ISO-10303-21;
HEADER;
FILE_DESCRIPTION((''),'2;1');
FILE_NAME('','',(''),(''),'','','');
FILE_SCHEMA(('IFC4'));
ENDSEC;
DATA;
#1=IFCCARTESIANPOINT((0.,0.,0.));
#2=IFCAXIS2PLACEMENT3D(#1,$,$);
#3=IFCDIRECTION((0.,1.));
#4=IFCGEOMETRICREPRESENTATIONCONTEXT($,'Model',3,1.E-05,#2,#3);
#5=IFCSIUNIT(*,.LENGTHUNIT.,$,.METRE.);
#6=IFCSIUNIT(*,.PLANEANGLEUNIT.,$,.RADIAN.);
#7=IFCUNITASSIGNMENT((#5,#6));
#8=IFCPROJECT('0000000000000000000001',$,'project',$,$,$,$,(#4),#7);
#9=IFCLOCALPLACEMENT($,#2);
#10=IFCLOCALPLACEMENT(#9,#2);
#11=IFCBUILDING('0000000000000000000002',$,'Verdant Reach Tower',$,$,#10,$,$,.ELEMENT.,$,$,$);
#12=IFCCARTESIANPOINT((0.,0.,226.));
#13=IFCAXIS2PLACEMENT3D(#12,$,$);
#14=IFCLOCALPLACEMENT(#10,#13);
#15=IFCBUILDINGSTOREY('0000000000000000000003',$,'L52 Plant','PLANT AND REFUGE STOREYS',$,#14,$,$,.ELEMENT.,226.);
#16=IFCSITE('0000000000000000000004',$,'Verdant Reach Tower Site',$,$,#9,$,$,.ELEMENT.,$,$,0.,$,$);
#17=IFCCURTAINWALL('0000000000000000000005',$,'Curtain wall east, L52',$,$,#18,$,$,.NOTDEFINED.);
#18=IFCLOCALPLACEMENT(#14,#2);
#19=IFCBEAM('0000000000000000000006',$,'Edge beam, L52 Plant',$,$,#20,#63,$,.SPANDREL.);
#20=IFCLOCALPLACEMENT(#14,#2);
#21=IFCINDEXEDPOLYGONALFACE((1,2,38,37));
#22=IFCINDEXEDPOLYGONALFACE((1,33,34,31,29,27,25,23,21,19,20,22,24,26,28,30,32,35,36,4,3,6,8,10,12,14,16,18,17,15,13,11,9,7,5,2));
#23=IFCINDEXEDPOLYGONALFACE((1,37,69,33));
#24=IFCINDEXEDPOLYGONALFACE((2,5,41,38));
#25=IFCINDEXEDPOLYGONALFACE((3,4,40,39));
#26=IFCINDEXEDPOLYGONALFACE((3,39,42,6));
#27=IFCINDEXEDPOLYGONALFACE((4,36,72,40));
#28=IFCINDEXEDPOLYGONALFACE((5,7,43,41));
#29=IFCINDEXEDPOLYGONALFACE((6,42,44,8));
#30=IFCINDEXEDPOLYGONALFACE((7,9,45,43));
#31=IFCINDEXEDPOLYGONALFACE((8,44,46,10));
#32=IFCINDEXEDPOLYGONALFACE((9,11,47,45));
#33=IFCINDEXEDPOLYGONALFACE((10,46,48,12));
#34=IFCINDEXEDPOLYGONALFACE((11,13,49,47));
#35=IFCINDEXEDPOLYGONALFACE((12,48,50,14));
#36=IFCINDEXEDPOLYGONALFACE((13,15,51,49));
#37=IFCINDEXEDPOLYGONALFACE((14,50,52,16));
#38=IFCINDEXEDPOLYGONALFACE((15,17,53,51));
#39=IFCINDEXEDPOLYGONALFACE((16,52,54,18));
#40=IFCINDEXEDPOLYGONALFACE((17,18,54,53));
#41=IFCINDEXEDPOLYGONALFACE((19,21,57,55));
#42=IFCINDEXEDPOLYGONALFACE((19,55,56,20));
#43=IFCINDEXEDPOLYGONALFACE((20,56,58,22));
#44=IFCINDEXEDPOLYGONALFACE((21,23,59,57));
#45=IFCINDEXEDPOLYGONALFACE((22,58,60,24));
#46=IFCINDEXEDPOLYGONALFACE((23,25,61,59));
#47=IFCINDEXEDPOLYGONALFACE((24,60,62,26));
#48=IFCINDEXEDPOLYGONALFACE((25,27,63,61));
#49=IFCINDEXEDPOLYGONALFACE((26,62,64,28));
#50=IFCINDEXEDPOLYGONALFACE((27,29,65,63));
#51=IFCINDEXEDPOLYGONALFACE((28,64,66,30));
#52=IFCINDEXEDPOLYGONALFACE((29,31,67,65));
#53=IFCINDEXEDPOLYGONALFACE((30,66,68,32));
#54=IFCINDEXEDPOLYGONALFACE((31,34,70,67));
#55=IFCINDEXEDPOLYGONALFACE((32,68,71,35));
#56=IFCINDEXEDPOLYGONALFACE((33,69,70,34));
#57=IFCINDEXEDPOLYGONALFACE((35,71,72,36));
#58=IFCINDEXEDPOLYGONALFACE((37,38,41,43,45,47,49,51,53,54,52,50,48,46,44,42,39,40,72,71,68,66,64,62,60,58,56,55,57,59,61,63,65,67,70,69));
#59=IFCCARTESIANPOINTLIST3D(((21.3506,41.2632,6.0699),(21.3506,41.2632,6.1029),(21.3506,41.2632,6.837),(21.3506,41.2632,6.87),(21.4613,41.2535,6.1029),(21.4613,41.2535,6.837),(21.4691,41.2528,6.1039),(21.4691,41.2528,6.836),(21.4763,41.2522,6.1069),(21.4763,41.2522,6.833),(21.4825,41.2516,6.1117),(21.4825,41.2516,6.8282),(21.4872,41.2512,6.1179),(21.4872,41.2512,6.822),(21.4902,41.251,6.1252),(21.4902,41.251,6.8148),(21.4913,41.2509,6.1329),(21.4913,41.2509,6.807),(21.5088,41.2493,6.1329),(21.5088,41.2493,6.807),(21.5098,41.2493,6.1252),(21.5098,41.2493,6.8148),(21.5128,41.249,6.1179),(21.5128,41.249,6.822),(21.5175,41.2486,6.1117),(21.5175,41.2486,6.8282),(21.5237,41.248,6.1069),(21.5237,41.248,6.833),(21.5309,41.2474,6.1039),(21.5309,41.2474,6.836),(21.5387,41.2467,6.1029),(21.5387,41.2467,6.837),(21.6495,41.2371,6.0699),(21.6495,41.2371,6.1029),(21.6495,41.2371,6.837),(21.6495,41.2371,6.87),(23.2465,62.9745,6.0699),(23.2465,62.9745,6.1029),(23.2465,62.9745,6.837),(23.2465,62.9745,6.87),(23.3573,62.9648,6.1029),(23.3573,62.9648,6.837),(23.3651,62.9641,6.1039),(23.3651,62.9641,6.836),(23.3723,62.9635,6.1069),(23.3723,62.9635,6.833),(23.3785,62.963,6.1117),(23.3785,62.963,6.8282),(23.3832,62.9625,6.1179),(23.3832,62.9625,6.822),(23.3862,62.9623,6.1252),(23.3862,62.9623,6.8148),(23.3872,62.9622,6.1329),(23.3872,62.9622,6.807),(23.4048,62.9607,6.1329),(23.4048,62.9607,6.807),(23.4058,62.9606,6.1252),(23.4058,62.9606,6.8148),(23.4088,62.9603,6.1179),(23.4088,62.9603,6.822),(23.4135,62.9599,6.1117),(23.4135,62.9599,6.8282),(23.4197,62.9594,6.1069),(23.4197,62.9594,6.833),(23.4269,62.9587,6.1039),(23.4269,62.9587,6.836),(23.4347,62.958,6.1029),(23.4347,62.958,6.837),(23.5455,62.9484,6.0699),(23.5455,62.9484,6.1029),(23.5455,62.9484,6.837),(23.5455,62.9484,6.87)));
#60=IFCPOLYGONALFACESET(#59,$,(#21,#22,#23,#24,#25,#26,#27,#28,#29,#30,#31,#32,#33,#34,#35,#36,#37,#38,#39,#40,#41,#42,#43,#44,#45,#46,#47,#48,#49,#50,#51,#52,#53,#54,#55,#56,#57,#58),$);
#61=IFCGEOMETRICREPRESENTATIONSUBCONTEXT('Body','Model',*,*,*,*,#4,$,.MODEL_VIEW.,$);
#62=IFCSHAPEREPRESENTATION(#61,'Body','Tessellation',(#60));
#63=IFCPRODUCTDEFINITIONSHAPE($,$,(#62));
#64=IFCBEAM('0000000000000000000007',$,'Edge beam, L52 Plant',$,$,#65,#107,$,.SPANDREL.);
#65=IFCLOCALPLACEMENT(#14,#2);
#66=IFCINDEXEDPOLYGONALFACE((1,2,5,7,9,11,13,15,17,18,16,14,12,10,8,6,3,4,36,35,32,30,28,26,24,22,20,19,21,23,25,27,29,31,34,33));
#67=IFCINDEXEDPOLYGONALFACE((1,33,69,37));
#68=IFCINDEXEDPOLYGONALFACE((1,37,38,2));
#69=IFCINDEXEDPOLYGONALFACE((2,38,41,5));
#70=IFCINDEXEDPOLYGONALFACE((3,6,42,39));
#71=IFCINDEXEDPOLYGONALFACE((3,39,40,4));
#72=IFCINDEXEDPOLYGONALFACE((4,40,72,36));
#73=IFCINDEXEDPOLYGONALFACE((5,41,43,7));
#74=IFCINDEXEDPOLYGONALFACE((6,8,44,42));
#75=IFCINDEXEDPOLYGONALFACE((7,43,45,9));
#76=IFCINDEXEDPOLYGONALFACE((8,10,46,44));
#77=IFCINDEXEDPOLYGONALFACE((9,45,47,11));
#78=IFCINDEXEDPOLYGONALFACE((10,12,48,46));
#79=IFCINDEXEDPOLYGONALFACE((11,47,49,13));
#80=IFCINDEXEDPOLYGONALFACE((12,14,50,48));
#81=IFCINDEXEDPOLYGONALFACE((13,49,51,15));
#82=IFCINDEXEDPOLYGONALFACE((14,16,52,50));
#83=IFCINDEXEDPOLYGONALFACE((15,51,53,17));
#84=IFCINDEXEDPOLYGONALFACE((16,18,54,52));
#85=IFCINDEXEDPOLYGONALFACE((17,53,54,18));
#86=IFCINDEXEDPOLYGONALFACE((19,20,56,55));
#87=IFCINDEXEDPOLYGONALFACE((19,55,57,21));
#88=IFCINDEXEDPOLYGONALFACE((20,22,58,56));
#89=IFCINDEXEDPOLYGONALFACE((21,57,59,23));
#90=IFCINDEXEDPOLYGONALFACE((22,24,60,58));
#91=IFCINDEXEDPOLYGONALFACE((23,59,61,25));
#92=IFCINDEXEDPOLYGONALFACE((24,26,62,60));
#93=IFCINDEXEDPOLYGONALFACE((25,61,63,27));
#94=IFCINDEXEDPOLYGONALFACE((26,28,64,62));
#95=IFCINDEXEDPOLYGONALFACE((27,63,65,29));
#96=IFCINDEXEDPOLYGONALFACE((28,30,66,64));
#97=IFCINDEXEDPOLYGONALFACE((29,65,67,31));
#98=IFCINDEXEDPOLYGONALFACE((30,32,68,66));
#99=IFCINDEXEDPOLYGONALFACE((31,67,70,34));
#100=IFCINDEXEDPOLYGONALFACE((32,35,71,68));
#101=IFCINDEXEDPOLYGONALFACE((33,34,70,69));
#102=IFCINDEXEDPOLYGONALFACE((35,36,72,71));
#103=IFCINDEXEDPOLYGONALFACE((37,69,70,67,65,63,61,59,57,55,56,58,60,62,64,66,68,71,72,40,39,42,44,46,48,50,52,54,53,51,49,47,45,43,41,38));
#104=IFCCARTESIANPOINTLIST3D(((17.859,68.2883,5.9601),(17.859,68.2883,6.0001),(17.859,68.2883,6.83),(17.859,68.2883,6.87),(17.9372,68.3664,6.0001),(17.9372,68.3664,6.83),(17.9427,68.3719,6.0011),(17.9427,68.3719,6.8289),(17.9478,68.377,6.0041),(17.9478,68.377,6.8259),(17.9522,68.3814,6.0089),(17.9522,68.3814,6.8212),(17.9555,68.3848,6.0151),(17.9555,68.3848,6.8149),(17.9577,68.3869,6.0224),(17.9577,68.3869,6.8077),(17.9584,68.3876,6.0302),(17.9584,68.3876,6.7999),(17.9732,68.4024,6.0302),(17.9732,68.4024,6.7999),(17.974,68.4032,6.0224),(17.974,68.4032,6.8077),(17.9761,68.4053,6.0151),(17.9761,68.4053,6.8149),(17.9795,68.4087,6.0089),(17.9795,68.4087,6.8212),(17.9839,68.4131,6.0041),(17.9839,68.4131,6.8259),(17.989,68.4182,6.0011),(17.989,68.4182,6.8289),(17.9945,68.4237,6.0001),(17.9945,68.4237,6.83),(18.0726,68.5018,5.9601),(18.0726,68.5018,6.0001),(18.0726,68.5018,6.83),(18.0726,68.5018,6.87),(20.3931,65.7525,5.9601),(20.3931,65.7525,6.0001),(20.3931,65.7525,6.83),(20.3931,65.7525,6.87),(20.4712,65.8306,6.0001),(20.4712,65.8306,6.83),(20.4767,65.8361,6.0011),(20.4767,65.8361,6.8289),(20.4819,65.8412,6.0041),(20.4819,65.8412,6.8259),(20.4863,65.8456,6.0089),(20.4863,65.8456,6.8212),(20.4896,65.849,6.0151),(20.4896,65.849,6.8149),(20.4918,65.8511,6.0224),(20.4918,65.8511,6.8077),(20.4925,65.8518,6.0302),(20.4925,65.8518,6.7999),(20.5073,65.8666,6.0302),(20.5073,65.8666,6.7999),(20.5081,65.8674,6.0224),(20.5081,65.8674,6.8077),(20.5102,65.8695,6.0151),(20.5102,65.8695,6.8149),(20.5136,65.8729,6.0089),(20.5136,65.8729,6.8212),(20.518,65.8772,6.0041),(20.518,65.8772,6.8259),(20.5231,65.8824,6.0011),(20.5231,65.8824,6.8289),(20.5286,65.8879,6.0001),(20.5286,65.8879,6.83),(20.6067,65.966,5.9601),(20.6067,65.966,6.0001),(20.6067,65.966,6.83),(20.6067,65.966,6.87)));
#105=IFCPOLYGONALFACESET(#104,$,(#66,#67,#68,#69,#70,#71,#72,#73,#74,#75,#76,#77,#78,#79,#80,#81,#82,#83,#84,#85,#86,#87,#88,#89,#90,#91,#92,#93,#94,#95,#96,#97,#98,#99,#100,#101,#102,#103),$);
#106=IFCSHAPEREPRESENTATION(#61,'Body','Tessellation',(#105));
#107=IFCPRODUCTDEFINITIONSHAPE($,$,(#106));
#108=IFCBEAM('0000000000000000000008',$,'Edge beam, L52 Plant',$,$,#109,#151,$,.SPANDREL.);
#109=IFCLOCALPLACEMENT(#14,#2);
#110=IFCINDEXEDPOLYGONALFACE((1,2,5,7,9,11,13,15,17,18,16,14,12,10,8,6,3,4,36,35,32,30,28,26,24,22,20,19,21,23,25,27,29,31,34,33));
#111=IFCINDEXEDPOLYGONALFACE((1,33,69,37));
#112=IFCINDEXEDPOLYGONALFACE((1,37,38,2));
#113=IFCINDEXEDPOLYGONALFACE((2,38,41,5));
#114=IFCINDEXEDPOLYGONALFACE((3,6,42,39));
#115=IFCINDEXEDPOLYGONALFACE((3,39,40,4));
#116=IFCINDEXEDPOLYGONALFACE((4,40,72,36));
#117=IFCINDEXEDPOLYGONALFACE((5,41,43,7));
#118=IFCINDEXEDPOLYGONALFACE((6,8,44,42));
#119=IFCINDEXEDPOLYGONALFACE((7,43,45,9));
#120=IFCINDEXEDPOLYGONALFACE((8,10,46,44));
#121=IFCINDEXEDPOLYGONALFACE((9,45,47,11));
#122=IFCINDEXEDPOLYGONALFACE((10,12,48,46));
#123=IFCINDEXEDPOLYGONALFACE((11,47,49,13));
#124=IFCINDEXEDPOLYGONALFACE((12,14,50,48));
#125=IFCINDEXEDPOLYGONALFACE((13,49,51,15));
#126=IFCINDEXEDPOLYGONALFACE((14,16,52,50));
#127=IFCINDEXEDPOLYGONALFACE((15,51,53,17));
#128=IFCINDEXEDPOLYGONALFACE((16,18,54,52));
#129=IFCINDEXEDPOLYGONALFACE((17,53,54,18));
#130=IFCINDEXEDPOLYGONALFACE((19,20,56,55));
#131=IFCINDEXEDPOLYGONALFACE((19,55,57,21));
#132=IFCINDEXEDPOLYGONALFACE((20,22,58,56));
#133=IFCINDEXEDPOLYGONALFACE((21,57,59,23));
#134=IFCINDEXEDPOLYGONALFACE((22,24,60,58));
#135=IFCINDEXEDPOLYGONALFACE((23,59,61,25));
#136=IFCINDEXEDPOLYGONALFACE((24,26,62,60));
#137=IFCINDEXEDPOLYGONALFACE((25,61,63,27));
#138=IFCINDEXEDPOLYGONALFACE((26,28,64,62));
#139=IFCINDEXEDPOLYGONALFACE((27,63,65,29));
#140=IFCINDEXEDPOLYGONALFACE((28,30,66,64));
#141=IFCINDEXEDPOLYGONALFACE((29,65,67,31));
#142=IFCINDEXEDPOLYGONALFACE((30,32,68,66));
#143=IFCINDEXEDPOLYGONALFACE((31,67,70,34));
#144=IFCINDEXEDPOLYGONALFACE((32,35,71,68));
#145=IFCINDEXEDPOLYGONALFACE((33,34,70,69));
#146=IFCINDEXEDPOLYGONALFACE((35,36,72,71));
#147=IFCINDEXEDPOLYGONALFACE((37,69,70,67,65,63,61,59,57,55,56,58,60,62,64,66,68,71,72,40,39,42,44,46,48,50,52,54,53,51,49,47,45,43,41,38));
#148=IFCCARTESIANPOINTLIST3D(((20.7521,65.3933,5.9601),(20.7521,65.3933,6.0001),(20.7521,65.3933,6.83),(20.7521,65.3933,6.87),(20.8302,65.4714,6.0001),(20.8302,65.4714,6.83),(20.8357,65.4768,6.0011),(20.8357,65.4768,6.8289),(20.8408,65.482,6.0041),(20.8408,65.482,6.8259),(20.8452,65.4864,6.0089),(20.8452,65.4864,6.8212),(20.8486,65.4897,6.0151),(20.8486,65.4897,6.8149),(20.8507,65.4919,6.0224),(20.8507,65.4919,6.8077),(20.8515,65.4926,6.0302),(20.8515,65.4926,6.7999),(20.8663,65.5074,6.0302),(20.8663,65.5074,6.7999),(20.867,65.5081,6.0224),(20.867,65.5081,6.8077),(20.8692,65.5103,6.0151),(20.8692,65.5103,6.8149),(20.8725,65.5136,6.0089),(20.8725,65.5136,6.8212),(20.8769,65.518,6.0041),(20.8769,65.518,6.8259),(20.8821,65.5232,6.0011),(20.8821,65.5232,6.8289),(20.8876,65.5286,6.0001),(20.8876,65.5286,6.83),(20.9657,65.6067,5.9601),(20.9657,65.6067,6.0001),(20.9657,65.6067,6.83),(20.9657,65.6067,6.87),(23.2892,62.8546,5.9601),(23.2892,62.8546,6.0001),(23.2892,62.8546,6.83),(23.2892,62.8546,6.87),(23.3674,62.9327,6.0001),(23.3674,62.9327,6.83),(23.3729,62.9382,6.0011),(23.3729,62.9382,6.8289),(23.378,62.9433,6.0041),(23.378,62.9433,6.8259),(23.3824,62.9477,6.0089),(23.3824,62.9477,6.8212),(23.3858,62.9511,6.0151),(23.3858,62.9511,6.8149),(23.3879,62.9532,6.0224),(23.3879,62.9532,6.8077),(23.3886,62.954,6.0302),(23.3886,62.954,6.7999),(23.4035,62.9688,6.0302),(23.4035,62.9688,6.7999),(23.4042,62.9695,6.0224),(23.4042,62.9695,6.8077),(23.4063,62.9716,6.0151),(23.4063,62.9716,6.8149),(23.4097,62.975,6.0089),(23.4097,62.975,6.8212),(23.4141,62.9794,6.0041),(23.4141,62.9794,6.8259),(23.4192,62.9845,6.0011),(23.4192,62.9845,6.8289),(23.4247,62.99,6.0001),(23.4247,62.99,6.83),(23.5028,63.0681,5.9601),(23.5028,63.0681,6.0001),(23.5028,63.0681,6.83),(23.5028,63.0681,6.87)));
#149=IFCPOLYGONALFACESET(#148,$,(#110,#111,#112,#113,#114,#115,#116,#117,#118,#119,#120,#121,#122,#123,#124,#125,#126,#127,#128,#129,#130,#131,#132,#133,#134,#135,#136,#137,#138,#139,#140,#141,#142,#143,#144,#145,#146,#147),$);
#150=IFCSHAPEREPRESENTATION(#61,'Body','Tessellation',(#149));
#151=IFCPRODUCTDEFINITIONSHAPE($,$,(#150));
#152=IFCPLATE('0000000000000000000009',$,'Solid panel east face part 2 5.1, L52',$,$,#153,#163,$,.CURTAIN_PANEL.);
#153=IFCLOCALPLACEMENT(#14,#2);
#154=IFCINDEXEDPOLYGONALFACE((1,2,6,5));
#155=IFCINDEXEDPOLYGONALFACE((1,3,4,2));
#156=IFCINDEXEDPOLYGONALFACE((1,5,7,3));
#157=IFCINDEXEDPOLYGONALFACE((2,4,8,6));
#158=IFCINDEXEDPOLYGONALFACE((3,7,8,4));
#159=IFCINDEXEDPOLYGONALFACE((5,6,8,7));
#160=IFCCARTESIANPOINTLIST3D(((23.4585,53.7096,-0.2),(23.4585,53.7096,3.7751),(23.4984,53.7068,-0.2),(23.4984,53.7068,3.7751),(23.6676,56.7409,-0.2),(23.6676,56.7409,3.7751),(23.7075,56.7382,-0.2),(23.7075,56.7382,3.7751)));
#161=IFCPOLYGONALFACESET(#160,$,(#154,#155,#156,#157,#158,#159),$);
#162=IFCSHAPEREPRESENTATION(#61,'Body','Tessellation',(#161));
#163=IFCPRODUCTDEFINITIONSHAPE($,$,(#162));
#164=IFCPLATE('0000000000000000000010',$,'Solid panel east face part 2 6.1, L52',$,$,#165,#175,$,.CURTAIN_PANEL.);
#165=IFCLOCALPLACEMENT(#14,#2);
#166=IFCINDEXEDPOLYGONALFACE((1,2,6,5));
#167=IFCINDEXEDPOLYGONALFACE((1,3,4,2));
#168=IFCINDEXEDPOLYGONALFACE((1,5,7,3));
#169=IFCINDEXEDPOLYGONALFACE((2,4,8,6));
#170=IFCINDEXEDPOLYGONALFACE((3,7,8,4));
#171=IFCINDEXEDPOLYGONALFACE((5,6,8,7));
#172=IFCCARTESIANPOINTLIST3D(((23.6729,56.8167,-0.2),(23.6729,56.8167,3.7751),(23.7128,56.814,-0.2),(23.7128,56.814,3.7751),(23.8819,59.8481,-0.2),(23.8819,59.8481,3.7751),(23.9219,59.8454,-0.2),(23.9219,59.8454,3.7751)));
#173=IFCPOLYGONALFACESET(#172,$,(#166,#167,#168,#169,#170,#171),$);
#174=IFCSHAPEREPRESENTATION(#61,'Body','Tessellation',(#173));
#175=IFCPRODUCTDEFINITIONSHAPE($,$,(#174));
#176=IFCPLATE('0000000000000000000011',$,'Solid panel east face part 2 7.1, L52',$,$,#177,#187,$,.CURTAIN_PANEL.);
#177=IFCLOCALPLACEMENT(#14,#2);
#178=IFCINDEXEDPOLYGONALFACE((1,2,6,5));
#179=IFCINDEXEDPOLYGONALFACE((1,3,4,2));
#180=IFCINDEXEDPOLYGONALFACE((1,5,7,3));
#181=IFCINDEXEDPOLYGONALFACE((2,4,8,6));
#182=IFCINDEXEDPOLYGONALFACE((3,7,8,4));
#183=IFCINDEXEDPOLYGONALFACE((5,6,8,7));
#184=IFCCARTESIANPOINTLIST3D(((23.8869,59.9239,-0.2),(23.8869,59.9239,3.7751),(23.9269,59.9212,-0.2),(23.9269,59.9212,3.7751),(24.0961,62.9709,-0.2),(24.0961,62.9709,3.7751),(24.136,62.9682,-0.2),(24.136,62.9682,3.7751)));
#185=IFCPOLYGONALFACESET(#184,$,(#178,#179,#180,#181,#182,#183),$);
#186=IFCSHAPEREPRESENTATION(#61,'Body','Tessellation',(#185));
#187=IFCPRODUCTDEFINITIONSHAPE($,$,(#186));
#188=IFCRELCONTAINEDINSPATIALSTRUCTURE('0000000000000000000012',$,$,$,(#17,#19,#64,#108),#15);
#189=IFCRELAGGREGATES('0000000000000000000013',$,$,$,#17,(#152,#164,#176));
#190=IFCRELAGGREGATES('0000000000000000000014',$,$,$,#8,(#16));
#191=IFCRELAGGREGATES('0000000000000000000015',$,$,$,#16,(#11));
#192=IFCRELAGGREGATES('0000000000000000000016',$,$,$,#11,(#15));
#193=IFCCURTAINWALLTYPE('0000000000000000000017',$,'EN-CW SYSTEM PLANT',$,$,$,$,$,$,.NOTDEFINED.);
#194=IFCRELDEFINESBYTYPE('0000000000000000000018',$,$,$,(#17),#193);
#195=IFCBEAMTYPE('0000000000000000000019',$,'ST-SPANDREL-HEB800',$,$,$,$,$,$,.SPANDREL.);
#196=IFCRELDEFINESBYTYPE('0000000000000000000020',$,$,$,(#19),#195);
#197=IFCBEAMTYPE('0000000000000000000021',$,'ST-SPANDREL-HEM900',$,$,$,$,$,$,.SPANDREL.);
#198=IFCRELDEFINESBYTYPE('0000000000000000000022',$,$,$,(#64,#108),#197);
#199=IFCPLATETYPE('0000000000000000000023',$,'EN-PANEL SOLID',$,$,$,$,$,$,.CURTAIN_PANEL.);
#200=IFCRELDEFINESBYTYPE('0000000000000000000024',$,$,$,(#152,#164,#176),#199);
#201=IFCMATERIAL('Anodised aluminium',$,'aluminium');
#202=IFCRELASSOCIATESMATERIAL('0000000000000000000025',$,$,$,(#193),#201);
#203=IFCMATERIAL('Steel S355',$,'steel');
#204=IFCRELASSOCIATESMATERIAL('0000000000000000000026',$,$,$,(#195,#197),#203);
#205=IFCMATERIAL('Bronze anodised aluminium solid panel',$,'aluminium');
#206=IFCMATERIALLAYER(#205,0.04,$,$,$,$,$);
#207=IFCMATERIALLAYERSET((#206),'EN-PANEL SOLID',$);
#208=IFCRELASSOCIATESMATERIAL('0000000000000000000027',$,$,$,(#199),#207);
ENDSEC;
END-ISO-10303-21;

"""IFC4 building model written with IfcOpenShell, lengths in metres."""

from ifc_helpers import new_model, si_unit, direction, frame, origin, origin_2d, place, context, subcontext, project, spatial, rectangle, i_section, extrude, material, layer, layer_set, material_profile, profile_set, type_object, element, aggregate, save


model = new_model("IFC4")

# Units and contexts
model_context = context("Model", 3, precision=1e-05, world=origin(), true_north=direction((0.0, 1.0)))
body_context = subcontext(model_context, "Body", "Model", "MODEL_VIEW")
ifc_project = project(units=[si_unit("LENGTHUNIT", "METRE"), si_unit("PLANEANGLEUNIT", "RADIAN")], contexts=[model_context])

# Site, building, storey
site_placement = place(None, origin())
site = spatial("IfcSite", under=ifc_project, at=site_placement, Name="Verdant Reach Tower Site", CompositionType="ELEMENT", RefElevation=0.0)
building_placement = place(site_placement, origin())
building = spatial("IfcBuilding", under=site, at=building_placement, Name="Verdant Reach Tower", CompositionType="ELEMENT")
storey_placement = place(building_placement, frame((0.0, 0.0, 226.0)))
storey = spatial("IfcBuildingStorey", under=building, at=storey_placement, Name="L52 Plant", Description="PLANT AND REFUGE STOREYS", CompositionType="ELEMENT", Elevation=226.0)

# Curtain wall
ifc_material_1 = material(Name="Anodised aluminium", Category="aluminium")
curtain_wall_type = type_object("IfcCurtainWallType", Name="EN-CW SYSTEM PLANT", PredefinedType="NOTDEFINED", material=ifc_material_1)
curtain_wall_1_placement = place(storey_placement, origin())
curtain_wall_1 = element("IfcCurtainWall", 1, at=curtain_wall_1_placement, inside=storey, type_object=curtain_wall_type, Name="Curtain wall east, L52", PredefinedType="NOTDEFINED")

# Beams
ifc_material_2 = material(Name="Steel S355", Category="steel")
ifc_material_profile_1 = material_profile(ifc_material_2, i_section(OverallWidth=0.3, OverallDepth=0.8, WebThickness=0.0176, FlangeThickness=0.033, FilletRadius=0.03, at=origin_2d()), Name="HEB 800")
ifc_profile_set_1 = profile_set([ifc_material_profile_1], Name="Steel S355")
beam_type_1 = type_object("IfcBeamType", Name="ST-SPANDREL-HEB800", PredefinedType="SPANDREL", material=ifc_profile_set_1)
beam_1_placement = place(storey_placement, frame((23.396, 62.9614, 6.47), z_axis=(-0.086996, -0.996209, 0.0), x_axis=(0.996209, -0.086996, 0.0)))
element("IfcBeam", 2, at=beam_1_placement, inside=storey, type_object=beam_type_1, Name="Edge beam, L52 Plant", PredefinedType="SPANDREL", context=body_context, shape_type="SweptSolid", body=[
    extrude(i_section(OverallWidth=0.3, OverallDepth=0.8, WebThickness=0.0176, FlangeThickness=0.033, FilletRadius=0.03, at=origin_2d()), origin(), (0.0, 0.0, 1.0), 21.7939),
])
ifc_material_profile_2 = material_profile(ifc_material_2, i_section(OverallWidth=0.302, OverallDepth=0.9099, WebThickness=0.021, FlangeThickness=0.04, FilletRadius=0.03, at=origin_2d()), Name="HEM 900")
ifc_profile_set_2 = profile_set([ifc_material_profile_2], Name="Steel S355")
beam_type_2 = type_object("IfcBeamType", Name="ST-SPANDREL-HEM900", PredefinedType="SPANDREL", material=ifc_profile_set_2)
beam_2_placement = place(storey_placement, frame((17.9658, 68.395, 6.415), z_axis=(0.706868, -0.707345, 0.0), x_axis=(0.707345, 0.706868, 0.0)))
element("IfcBeam", 3, at=beam_2_placement, inside=storey, type_object=beam_type_2, Name="Edge beam, L52 Plant", PredefinedType="SPANDREL", context=body_context, shape_type="SweptSolid", body=[
    extrude(i_section(OverallWidth=0.302, OverallDepth=0.9099, WebThickness=0.021, FlangeThickness=0.04, FilletRadius=0.03, at=origin_2d()), origin(), (0.0, 0.0, 1.0), 3.585),
])
beam_3_placement = place(storey_placement, frame((20.8589, 65.5, 6.415), z_axis=(0.706903, -0.707311, 0.0), x_axis=(0.707311, 0.706903, 0.0)))
element("IfcBeam", 4, at=beam_3_placement, inside=storey, type_object=beam_type_2, Name="Edge beam, L52 Plant", PredefinedType="SPANDREL", context=body_context, shape_type="SweptSolid", body=[
    extrude(i_section(OverallWidth=0.302, OverallDepth=0.9099, WebThickness=0.021, FlangeThickness=0.04, FilletRadius=0.03, at=origin_2d()), origin(), (0.0, 0.0, 1.0), 3.5891),
])

# Plates
ifc_material_3 = material(Name="Bronze anodised aluminium solid panel", Category="aluminium")
ifc_layer_1 = layer(ifc_material_3, 0.04)
ifc_layer_set_1 = layer_set([ifc_layer_1], Name="EN-PANEL SOLID")
plate_type = type_object("IfcPlateType", Name="EN-PANEL SOLID", PredefinedType="CURTAIN_PANEL", material=ifc_layer_set_1)
plate_1_placement = place(storey_placement, frame((23.583, 55.2239, -0.2), z_axis=(0.0, 0.0, 1.0), x_axis=(0.068802, 0.99763, 0.0)))
plate_1 = element("IfcPlate", 5, at=plate_1_placement, type_object=plate_type, Name="Solid panel east face part 2 5.1, L52", PredefinedType="CURTAIN_PANEL", context=body_context, shape_type="SweptSolid", body=[
    extrude(rectangle(XDim=3.0386, YDim=0.04, at=origin_2d()), origin(), (0.0, 0.0, 1.0), 3.9751),
])
plate_2_placement = place(storey_placement, frame((23.7974, 58.3311, -0.2), z_axis=(0.0, 0.0, 1.0), x_axis=(0.068802, 0.99763, 0.0)))
plate_2 = element("IfcPlate", 6, at=plate_2_placement, type_object=plate_type, Name="Solid panel east face part 2 6.1, L52", PredefinedType="CURTAIN_PANEL", context=body_context, shape_type="SweptSolid", body=[
    extrude(rectangle(XDim=3.0386, YDim=0.04, at=origin_2d()), origin(), (0.0, 0.0, 1.0), 3.9751),
])
plate_3_placement = place(storey_placement, frame((24.0115, 61.446, -0.2), z_axis=(0.0, 0.0, 1.0), x_axis=(0.068469, 0.997653, 0.0)))
plate_3 = element("IfcPlate", 7, at=plate_3_placement, type_object=plate_type, Name="Solid panel east face part 2 7.1, L52", PredefinedType="CURTAIN_PANEL", context=body_context, shape_type="SweptSolid", body=[
    extrude(rectangle(XDim=3.0542, YDim=0.04, at=origin_2d()), origin(), (0.0, 0.0, 1.0), 3.9751),
])

aggregate(curtain_wall_1, [plate_1, plate_2, plate_3])

save(model, "model.ifc")
